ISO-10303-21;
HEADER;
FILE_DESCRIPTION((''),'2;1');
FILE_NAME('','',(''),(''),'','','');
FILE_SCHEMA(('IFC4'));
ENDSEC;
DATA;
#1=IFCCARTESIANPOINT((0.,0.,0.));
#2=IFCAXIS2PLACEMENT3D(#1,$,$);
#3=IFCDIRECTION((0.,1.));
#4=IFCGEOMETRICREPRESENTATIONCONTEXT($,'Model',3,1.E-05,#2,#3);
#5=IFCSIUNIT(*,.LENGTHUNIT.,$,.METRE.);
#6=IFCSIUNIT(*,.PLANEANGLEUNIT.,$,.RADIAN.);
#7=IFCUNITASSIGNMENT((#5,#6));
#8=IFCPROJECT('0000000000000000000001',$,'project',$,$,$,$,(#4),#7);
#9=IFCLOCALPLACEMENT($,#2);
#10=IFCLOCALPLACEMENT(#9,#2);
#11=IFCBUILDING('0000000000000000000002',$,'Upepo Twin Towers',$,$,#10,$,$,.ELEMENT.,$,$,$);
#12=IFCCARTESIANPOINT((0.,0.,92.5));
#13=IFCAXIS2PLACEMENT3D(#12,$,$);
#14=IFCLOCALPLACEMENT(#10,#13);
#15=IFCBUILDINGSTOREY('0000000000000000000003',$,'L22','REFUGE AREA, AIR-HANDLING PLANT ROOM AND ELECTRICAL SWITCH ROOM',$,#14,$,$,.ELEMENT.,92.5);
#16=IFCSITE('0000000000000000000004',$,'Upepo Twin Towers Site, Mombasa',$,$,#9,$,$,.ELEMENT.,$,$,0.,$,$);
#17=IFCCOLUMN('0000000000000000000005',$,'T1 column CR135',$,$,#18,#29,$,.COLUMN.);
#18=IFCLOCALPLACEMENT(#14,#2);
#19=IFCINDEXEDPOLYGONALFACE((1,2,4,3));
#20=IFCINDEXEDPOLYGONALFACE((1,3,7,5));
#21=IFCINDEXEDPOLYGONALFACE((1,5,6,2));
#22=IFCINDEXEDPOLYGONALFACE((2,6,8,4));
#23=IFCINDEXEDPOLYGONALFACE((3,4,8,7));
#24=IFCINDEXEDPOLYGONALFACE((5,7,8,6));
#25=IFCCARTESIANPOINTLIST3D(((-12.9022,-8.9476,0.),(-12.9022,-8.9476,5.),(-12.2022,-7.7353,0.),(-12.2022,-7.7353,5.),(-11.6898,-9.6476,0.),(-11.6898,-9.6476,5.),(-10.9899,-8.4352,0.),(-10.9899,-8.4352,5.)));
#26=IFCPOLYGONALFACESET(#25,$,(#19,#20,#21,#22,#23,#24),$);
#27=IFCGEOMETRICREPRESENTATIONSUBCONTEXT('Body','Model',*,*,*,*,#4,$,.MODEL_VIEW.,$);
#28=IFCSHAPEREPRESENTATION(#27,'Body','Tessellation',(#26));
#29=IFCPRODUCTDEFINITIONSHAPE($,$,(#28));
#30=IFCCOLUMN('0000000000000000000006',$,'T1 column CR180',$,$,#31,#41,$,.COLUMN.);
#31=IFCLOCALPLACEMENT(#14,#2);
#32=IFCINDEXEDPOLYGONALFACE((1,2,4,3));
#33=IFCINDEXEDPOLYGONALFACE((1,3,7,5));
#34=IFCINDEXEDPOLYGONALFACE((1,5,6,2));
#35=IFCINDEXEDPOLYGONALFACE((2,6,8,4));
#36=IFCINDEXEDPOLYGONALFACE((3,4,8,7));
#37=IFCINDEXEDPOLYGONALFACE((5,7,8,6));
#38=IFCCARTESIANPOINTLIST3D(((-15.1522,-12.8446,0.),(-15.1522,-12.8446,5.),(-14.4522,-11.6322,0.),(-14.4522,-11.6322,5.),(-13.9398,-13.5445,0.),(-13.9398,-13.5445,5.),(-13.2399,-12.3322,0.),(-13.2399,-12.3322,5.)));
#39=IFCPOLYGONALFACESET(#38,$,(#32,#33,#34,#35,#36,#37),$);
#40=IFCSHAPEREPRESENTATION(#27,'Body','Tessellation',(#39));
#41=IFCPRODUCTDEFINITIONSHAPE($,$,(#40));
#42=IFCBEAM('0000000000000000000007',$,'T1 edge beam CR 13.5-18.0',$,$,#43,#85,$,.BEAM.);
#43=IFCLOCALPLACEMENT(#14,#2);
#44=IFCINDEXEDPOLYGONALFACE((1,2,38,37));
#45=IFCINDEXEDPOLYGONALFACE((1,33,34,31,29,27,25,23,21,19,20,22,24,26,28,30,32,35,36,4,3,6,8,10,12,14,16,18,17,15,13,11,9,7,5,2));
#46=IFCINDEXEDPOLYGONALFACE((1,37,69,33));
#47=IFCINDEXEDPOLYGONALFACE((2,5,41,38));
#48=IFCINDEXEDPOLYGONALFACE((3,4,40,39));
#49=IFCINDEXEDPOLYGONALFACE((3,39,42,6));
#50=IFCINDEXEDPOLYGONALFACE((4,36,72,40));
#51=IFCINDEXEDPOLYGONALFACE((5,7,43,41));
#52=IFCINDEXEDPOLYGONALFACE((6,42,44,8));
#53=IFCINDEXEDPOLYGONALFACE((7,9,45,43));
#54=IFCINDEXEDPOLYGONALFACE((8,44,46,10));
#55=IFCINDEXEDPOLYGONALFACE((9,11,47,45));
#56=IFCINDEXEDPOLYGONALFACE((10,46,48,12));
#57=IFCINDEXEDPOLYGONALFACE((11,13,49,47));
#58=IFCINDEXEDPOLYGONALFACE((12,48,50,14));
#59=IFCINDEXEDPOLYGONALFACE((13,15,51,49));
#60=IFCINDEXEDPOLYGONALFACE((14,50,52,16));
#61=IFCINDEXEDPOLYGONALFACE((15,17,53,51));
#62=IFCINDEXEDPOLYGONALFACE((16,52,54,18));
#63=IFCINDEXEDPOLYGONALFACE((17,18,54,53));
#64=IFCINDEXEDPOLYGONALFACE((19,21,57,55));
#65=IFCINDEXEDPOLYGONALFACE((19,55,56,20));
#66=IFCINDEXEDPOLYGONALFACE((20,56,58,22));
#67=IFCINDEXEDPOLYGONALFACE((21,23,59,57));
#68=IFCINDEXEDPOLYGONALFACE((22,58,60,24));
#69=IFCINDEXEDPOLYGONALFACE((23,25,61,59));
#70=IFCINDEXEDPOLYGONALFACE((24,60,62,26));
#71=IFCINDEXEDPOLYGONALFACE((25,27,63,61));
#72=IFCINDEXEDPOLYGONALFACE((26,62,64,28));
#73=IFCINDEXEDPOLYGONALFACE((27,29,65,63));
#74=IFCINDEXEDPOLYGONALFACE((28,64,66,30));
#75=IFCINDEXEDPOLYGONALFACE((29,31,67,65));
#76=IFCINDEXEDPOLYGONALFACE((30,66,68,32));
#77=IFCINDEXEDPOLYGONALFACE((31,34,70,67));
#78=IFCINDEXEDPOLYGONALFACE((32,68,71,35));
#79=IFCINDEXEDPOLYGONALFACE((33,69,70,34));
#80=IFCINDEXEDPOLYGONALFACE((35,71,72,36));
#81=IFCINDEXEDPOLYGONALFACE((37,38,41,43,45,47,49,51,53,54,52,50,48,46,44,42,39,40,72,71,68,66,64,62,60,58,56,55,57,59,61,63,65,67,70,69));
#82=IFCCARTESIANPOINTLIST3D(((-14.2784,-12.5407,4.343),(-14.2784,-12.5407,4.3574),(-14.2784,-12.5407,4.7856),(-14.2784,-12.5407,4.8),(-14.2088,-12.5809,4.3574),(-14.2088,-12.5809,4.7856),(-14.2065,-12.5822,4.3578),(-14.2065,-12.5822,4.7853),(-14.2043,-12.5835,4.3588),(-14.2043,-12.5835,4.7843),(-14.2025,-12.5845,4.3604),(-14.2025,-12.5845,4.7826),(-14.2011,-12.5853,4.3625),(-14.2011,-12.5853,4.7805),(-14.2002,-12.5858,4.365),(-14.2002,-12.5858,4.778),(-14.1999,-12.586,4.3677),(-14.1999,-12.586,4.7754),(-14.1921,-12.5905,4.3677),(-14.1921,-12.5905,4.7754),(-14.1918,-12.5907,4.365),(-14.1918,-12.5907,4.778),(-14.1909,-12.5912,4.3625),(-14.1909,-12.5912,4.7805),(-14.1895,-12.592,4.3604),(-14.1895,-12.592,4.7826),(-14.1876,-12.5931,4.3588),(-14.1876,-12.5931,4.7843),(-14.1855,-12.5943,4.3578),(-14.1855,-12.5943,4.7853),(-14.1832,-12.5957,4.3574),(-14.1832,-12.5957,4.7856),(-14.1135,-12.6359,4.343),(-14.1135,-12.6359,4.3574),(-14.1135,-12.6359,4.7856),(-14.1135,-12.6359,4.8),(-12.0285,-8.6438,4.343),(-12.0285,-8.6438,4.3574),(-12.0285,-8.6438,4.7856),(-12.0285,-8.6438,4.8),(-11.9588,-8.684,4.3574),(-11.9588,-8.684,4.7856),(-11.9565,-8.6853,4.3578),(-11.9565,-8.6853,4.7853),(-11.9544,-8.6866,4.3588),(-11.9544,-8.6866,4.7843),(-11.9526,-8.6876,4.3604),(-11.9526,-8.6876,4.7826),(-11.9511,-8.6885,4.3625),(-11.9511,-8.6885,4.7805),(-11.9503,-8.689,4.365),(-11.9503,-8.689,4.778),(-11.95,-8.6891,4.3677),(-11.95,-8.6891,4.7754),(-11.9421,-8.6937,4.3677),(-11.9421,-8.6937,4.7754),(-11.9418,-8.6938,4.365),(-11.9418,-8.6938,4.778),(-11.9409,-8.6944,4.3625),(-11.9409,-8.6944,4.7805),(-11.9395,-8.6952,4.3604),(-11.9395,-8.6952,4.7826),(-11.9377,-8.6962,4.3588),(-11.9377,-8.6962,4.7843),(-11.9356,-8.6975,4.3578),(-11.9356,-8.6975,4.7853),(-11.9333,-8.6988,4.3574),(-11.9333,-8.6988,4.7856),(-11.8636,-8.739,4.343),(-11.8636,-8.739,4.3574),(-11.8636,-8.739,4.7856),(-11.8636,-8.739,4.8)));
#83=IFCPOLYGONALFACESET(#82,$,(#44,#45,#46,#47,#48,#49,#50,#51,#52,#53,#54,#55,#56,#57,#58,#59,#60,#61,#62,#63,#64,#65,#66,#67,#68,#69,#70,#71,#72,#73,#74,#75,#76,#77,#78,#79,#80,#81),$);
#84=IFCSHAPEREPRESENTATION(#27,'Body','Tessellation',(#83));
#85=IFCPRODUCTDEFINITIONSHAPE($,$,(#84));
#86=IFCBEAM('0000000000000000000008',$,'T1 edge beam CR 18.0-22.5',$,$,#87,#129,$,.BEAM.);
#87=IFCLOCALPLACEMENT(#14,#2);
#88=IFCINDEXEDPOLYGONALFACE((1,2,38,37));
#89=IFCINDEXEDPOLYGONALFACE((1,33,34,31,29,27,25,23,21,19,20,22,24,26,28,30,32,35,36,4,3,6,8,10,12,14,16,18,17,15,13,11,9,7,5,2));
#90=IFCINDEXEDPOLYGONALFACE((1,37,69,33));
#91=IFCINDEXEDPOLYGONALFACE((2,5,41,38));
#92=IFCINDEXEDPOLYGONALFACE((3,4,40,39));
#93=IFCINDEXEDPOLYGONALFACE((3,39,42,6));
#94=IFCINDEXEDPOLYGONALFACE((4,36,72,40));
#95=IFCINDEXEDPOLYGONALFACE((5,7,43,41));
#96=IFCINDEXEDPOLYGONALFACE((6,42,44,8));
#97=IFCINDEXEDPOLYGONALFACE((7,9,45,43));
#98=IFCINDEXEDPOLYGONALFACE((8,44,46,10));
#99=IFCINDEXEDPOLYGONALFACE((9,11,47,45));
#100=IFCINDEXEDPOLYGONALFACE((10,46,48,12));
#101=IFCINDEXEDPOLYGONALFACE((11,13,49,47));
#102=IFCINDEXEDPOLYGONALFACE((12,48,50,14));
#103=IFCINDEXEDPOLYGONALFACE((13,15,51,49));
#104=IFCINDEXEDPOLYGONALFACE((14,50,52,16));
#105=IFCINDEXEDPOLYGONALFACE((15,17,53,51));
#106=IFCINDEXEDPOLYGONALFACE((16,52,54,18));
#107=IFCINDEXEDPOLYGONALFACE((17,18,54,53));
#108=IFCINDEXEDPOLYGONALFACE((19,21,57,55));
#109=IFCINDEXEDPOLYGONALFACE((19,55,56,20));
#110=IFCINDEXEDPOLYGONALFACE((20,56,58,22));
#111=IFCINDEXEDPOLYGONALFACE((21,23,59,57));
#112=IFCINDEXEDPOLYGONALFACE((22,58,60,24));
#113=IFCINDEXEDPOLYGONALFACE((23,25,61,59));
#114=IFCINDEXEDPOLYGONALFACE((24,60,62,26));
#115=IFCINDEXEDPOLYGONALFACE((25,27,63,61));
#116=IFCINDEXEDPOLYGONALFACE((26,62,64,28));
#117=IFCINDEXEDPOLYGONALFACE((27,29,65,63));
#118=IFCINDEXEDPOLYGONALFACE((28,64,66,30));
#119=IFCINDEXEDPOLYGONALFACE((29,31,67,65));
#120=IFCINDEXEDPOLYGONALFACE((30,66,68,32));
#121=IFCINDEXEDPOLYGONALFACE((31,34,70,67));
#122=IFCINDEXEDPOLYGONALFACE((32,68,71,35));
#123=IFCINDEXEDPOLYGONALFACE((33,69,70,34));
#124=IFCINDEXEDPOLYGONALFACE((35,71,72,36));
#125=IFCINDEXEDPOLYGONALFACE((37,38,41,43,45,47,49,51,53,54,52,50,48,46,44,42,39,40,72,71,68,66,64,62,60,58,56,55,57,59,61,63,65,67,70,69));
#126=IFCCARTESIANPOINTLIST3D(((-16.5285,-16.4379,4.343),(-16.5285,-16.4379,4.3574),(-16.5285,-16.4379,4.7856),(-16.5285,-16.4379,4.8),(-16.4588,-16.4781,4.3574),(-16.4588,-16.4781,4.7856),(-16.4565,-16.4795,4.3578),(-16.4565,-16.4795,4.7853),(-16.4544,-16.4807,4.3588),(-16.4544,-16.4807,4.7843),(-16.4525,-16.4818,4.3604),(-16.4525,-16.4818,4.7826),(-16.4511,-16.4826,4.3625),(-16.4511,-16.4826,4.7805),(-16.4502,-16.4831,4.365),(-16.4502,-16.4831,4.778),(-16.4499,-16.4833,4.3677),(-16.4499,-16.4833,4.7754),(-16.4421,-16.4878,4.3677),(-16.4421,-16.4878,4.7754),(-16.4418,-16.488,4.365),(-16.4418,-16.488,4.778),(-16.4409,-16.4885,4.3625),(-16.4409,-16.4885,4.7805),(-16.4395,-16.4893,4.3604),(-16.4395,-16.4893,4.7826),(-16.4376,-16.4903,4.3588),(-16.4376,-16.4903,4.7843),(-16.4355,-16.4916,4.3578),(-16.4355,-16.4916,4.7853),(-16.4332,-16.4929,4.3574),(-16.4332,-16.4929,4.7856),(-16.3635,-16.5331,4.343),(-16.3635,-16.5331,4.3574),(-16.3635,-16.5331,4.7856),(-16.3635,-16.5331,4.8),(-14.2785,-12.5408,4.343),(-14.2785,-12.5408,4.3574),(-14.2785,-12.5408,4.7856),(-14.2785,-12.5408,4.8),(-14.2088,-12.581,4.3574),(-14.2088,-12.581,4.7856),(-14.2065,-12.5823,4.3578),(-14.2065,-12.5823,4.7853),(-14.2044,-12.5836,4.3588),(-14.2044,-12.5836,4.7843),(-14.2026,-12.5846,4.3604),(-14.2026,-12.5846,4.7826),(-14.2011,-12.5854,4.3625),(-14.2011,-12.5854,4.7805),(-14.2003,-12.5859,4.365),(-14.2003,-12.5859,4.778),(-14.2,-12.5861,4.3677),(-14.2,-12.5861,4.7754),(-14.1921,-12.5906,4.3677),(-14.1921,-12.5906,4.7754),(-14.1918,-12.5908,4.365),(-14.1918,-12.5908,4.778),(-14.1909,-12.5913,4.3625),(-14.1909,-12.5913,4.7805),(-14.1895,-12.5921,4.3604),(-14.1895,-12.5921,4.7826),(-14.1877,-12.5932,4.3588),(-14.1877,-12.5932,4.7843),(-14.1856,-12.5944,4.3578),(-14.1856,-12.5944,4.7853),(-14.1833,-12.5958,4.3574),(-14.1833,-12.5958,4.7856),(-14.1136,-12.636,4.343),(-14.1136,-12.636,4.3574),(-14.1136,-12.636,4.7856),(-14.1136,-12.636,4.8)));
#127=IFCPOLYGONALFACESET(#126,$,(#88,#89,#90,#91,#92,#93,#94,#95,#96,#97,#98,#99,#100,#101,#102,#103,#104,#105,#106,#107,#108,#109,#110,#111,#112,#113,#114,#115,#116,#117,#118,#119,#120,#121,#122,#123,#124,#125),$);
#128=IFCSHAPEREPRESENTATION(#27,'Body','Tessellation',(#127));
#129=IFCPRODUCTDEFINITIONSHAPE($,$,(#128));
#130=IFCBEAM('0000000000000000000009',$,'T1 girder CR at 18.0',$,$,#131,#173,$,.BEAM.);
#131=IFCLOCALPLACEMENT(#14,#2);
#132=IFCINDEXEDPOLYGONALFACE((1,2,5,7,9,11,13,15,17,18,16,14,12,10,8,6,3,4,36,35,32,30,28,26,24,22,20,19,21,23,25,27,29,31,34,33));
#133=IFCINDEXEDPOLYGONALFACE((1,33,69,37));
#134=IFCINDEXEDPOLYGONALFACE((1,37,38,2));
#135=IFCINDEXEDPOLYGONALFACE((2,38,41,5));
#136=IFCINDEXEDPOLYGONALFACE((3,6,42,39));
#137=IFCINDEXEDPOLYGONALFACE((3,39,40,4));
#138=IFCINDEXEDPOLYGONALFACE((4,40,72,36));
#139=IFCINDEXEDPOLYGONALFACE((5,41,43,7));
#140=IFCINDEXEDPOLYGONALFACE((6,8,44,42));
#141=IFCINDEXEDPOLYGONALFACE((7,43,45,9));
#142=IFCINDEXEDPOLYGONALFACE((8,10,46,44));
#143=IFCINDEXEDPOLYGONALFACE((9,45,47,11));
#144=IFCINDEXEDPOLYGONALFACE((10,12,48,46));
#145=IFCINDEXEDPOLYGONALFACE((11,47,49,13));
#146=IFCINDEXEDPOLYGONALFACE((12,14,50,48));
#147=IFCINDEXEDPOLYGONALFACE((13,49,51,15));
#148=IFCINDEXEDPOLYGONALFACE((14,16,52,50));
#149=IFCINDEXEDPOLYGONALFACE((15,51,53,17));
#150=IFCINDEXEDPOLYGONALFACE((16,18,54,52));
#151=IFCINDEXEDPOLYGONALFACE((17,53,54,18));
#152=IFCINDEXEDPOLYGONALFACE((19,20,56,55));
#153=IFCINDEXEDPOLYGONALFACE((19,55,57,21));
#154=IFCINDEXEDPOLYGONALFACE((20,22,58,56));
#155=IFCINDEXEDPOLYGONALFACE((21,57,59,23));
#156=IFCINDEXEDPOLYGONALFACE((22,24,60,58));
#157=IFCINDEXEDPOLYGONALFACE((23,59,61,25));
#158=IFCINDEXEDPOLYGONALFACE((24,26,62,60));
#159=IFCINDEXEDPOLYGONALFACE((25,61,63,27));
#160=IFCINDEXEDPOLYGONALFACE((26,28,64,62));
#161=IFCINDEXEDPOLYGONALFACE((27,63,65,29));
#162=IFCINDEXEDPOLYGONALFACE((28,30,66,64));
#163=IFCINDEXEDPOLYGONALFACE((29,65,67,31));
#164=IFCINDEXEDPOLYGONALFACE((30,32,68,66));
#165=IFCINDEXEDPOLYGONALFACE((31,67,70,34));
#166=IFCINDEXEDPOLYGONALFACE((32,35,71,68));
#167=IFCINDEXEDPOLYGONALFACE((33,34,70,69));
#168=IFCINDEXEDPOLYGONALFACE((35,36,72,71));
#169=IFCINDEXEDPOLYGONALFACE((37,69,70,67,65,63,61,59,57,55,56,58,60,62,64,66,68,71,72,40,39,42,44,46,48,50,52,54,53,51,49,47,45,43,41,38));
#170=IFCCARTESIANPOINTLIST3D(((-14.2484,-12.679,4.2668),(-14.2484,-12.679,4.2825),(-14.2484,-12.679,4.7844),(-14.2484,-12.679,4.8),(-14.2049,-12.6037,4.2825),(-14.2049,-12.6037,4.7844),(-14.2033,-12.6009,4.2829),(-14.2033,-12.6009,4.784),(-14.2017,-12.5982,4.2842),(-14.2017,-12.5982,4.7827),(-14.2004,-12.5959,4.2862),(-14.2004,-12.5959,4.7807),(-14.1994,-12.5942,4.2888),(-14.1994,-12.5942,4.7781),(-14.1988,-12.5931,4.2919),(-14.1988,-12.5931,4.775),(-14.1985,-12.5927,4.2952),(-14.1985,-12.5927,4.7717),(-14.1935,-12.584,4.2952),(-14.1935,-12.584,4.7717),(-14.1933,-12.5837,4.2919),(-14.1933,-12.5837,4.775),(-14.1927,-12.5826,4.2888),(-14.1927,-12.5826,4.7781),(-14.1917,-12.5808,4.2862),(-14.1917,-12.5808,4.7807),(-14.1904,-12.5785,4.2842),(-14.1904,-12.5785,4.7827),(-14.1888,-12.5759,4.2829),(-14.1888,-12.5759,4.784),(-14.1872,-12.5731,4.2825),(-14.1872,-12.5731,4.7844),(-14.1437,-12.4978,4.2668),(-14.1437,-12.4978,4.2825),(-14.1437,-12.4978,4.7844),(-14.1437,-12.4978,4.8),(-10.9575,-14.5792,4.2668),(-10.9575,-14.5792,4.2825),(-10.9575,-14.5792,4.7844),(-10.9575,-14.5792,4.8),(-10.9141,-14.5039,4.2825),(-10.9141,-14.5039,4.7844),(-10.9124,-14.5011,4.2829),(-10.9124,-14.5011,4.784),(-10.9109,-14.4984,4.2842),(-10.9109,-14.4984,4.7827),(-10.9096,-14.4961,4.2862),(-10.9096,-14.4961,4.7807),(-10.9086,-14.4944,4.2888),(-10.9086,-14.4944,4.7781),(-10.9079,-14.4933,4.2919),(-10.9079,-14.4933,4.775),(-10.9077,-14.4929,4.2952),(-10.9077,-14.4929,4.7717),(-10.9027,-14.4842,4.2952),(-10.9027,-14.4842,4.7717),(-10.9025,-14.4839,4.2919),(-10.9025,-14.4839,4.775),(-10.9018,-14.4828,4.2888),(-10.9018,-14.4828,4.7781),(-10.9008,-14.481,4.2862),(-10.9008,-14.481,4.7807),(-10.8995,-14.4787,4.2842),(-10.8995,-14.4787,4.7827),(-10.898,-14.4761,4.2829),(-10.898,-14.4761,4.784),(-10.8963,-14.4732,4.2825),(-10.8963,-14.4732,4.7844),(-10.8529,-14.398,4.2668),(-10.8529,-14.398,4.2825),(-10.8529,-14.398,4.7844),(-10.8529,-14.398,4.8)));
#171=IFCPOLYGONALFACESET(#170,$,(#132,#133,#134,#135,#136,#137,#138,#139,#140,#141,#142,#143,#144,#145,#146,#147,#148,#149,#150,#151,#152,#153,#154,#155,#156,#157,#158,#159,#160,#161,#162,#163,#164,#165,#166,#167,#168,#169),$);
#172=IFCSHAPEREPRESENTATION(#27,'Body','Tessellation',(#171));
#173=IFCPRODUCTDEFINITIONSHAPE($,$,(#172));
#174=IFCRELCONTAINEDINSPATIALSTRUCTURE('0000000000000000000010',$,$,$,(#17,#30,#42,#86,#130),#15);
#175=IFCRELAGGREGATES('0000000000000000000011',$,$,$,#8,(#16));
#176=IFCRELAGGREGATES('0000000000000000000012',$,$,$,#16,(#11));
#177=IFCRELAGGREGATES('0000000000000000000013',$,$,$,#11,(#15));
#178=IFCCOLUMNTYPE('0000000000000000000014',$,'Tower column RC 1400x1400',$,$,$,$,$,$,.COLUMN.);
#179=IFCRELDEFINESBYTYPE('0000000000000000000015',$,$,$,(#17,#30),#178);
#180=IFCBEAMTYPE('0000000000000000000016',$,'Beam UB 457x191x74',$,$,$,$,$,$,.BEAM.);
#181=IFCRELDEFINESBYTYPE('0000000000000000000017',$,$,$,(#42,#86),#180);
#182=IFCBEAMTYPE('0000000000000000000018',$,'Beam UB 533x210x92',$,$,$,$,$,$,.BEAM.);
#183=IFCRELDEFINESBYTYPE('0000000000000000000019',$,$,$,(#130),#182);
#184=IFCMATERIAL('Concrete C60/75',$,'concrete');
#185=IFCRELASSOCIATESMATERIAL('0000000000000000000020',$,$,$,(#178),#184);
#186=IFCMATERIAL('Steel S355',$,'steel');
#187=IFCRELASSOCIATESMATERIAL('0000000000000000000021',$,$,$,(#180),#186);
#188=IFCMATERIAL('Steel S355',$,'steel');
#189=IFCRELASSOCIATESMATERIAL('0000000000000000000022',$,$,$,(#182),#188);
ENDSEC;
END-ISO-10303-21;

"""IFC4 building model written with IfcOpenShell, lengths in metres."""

from ifc_helpers import new_model, si_unit, direction, frame, origin, origin_2d, place, context, subcontext, project, spatial, rectangle, i_section, extrude, material, material_profile, profile_set, type_object, element, save


model = new_model("IFC4")

# Units and contexts
model_context = context("Model", 3, precision=1e-05, world=origin(), true_north=direction((0.0, 1.0)))
body_context = subcontext(model_context, "Body", "Model", "MODEL_VIEW")
ifc_project = project(units=[si_unit("LENGTHUNIT", "METRE"), si_unit("PLANEANGLEUNIT", "RADIAN")], contexts=[model_context])

# Site, building, storey
site_placement = place(None, origin())
site = spatial("IfcSite", under=ifc_project, at=site_placement, Name="Upepo Twin Towers Site, Mombasa", CompositionType="ELEMENT", RefElevation=0.0)
building_placement = place(site_placement, origin())
building = spatial("IfcBuilding", under=site, at=building_placement, Name="Upepo Twin Towers", CompositionType="ELEMENT")
storey_placement = place(building_placement, frame((0.0, 0.0, 92.5)))
storey = spatial("IfcBuildingStorey", under=building, at=storey_placement, Name="L22", Description="REFUGE AREA, AIR-HANDLING PLANT ROOM AND ELECTRICAL SWITCH ROOM", CompositionType="ELEMENT", Elevation=92.5)

# Columns
ifc_material_1 = material(Name="Concrete C60/75", Category="concrete")
ifc_material_profile_1 = material_profile(ifc_material_1, rectangle(XDim=1.3999, YDim=1.3999, at=origin_2d()), Name="RC 1400x1400")
ifc_profile_set_1 = profile_set([ifc_material_profile_1], Name="Concrete C60/75")
column_type = type_object("IfcColumnType", Name="Tower column RC 1400x1400", PredefinedType="COLUMN", material=ifc_profile_set_1)
for number, where, z_axis, x_axis, name in (
    (1, (-11.946, -8.6914, 0.0), (0.0, 0.0, 1.0), (0.5, 0.866025, 0.0), "T1 column CR135"),
    (2, (-14.196, -12.5884, 0.0), (0.0, 0.0, 1.0), (0.5, 0.866025, 0.0), "T1 column CR180"),
):
    element("IfcColumn", number, at=place(storey_placement, frame(where, z_axis=z_axis, x_axis=x_axis)), inside=storey, type_object=column_type, Name=name, PredefinedType="COLUMN", context=body_context, shape_type="SweptSolid", body=[
        extrude(rectangle(XDim=1.3999, YDim=1.3999, at=origin_2d()), origin(), (0.0, 0.0, 1.0), 5.0),
    ])

# Beams
ifc_material_2 = material(Name="Steel S355", Category="steel")
ifc_material_profile_2 = material_profile(ifc_material_2, i_section(OverallWidth=0.1904, OverallDepth=0.457, WebThickness=0.009, FlangeThickness=0.0144, FilletRadius=0.0103, at=origin_2d()), Name="UB 457x191x74")
ifc_profile_set_2 = profile_set([ifc_material_profile_2], Name="Steel S355")
beam_type_1 = type_object("IfcBeamType", Name="Beam UB 457x191x74", PredefinedType="BEAM", material=ifc_profile_set_2)
beam_1_placement = place(storey_placement, frame((-11.946, -8.6914, 4.5715), z_axis=(-0.500014, -0.866018, 0.0), x_axis=(0.866018, -0.500014, 0.0)))
element("IfcBeam", 3, at=beam_1_placement, inside=storey, type_object=beam_type_1, Name="T1 edge beam CR 13.5-18.0", PredefinedType="BEAM", context=body_context, shape_type="SweptSolid", body=[
    extrude(i_section(OverallWidth=0.1904, OverallDepth=0.457, WebThickness=0.009, FlangeThickness=0.0144, FilletRadius=0.0103, at=origin_2d()), origin(), (0.0, 0.0, 1.0), 4.4998),
])
beam_2_placement = place(storey_placement, frame((-14.196, -12.5884, 4.5715), z_axis=(-0.49999, -0.866031, 0.0), x_axis=(0.866031, -0.49999, 0.0)))
element("IfcBeam", 4, at=beam_2_placement, inside=storey, type_object=beam_type_1, Name="T1 edge beam CR 18.0-22.5", PredefinedType="BEAM", context=body_context, shape_type="SweptSolid", body=[
    extrude(i_section(OverallWidth=0.1904, OverallDepth=0.457, WebThickness=0.009, FlangeThickness=0.0144, FilletRadius=0.0103, at=origin_2d()), origin(), (0.0, 0.0, 1.0), 4.5),
])
ifc_material_3 = material(Name="Steel S355", Category="steel")
ifc_material_profile_3 = material_profile(ifc_material_3, i_section(OverallWidth=0.2092, OverallDepth=0.5332, WebThickness=0.01, FlangeThickness=0.0156, FilletRadius=0.0127, at=origin_2d()), Name="UB 533x210x92")
ifc_profile_set_3 = profile_set([ifc_material_profile_3], Name="Steel S355")
beam_type_2 = type_object("IfcBeamType", Name="Beam UB 533x210x92", PredefinedType="BEAM", material=ifc_profile_set_3)
beam_3_placement = place(storey_placement, frame((-14.196, -12.5884, 4.5334), z_axis=(0.866, -0.500043, 0.0), x_axis=(0.500043, 0.866, 0.0)))
element("IfcBeam", 5, at=beam_3_placement, inside=storey, type_object=beam_type_2, Name="T1 girder CR at 18.0", PredefinedType="BEAM", context=body_context, shape_type="SweptSolid", body=[
    extrude(i_section(OverallWidth=0.2092, OverallDepth=0.5332, WebThickness=0.01, FlangeThickness=0.0156, FilletRadius=0.0127, at=origin_2d()), origin(), (0.0, 0.0, 1.0), 3.8),
])

save(model, "model.ifc")
